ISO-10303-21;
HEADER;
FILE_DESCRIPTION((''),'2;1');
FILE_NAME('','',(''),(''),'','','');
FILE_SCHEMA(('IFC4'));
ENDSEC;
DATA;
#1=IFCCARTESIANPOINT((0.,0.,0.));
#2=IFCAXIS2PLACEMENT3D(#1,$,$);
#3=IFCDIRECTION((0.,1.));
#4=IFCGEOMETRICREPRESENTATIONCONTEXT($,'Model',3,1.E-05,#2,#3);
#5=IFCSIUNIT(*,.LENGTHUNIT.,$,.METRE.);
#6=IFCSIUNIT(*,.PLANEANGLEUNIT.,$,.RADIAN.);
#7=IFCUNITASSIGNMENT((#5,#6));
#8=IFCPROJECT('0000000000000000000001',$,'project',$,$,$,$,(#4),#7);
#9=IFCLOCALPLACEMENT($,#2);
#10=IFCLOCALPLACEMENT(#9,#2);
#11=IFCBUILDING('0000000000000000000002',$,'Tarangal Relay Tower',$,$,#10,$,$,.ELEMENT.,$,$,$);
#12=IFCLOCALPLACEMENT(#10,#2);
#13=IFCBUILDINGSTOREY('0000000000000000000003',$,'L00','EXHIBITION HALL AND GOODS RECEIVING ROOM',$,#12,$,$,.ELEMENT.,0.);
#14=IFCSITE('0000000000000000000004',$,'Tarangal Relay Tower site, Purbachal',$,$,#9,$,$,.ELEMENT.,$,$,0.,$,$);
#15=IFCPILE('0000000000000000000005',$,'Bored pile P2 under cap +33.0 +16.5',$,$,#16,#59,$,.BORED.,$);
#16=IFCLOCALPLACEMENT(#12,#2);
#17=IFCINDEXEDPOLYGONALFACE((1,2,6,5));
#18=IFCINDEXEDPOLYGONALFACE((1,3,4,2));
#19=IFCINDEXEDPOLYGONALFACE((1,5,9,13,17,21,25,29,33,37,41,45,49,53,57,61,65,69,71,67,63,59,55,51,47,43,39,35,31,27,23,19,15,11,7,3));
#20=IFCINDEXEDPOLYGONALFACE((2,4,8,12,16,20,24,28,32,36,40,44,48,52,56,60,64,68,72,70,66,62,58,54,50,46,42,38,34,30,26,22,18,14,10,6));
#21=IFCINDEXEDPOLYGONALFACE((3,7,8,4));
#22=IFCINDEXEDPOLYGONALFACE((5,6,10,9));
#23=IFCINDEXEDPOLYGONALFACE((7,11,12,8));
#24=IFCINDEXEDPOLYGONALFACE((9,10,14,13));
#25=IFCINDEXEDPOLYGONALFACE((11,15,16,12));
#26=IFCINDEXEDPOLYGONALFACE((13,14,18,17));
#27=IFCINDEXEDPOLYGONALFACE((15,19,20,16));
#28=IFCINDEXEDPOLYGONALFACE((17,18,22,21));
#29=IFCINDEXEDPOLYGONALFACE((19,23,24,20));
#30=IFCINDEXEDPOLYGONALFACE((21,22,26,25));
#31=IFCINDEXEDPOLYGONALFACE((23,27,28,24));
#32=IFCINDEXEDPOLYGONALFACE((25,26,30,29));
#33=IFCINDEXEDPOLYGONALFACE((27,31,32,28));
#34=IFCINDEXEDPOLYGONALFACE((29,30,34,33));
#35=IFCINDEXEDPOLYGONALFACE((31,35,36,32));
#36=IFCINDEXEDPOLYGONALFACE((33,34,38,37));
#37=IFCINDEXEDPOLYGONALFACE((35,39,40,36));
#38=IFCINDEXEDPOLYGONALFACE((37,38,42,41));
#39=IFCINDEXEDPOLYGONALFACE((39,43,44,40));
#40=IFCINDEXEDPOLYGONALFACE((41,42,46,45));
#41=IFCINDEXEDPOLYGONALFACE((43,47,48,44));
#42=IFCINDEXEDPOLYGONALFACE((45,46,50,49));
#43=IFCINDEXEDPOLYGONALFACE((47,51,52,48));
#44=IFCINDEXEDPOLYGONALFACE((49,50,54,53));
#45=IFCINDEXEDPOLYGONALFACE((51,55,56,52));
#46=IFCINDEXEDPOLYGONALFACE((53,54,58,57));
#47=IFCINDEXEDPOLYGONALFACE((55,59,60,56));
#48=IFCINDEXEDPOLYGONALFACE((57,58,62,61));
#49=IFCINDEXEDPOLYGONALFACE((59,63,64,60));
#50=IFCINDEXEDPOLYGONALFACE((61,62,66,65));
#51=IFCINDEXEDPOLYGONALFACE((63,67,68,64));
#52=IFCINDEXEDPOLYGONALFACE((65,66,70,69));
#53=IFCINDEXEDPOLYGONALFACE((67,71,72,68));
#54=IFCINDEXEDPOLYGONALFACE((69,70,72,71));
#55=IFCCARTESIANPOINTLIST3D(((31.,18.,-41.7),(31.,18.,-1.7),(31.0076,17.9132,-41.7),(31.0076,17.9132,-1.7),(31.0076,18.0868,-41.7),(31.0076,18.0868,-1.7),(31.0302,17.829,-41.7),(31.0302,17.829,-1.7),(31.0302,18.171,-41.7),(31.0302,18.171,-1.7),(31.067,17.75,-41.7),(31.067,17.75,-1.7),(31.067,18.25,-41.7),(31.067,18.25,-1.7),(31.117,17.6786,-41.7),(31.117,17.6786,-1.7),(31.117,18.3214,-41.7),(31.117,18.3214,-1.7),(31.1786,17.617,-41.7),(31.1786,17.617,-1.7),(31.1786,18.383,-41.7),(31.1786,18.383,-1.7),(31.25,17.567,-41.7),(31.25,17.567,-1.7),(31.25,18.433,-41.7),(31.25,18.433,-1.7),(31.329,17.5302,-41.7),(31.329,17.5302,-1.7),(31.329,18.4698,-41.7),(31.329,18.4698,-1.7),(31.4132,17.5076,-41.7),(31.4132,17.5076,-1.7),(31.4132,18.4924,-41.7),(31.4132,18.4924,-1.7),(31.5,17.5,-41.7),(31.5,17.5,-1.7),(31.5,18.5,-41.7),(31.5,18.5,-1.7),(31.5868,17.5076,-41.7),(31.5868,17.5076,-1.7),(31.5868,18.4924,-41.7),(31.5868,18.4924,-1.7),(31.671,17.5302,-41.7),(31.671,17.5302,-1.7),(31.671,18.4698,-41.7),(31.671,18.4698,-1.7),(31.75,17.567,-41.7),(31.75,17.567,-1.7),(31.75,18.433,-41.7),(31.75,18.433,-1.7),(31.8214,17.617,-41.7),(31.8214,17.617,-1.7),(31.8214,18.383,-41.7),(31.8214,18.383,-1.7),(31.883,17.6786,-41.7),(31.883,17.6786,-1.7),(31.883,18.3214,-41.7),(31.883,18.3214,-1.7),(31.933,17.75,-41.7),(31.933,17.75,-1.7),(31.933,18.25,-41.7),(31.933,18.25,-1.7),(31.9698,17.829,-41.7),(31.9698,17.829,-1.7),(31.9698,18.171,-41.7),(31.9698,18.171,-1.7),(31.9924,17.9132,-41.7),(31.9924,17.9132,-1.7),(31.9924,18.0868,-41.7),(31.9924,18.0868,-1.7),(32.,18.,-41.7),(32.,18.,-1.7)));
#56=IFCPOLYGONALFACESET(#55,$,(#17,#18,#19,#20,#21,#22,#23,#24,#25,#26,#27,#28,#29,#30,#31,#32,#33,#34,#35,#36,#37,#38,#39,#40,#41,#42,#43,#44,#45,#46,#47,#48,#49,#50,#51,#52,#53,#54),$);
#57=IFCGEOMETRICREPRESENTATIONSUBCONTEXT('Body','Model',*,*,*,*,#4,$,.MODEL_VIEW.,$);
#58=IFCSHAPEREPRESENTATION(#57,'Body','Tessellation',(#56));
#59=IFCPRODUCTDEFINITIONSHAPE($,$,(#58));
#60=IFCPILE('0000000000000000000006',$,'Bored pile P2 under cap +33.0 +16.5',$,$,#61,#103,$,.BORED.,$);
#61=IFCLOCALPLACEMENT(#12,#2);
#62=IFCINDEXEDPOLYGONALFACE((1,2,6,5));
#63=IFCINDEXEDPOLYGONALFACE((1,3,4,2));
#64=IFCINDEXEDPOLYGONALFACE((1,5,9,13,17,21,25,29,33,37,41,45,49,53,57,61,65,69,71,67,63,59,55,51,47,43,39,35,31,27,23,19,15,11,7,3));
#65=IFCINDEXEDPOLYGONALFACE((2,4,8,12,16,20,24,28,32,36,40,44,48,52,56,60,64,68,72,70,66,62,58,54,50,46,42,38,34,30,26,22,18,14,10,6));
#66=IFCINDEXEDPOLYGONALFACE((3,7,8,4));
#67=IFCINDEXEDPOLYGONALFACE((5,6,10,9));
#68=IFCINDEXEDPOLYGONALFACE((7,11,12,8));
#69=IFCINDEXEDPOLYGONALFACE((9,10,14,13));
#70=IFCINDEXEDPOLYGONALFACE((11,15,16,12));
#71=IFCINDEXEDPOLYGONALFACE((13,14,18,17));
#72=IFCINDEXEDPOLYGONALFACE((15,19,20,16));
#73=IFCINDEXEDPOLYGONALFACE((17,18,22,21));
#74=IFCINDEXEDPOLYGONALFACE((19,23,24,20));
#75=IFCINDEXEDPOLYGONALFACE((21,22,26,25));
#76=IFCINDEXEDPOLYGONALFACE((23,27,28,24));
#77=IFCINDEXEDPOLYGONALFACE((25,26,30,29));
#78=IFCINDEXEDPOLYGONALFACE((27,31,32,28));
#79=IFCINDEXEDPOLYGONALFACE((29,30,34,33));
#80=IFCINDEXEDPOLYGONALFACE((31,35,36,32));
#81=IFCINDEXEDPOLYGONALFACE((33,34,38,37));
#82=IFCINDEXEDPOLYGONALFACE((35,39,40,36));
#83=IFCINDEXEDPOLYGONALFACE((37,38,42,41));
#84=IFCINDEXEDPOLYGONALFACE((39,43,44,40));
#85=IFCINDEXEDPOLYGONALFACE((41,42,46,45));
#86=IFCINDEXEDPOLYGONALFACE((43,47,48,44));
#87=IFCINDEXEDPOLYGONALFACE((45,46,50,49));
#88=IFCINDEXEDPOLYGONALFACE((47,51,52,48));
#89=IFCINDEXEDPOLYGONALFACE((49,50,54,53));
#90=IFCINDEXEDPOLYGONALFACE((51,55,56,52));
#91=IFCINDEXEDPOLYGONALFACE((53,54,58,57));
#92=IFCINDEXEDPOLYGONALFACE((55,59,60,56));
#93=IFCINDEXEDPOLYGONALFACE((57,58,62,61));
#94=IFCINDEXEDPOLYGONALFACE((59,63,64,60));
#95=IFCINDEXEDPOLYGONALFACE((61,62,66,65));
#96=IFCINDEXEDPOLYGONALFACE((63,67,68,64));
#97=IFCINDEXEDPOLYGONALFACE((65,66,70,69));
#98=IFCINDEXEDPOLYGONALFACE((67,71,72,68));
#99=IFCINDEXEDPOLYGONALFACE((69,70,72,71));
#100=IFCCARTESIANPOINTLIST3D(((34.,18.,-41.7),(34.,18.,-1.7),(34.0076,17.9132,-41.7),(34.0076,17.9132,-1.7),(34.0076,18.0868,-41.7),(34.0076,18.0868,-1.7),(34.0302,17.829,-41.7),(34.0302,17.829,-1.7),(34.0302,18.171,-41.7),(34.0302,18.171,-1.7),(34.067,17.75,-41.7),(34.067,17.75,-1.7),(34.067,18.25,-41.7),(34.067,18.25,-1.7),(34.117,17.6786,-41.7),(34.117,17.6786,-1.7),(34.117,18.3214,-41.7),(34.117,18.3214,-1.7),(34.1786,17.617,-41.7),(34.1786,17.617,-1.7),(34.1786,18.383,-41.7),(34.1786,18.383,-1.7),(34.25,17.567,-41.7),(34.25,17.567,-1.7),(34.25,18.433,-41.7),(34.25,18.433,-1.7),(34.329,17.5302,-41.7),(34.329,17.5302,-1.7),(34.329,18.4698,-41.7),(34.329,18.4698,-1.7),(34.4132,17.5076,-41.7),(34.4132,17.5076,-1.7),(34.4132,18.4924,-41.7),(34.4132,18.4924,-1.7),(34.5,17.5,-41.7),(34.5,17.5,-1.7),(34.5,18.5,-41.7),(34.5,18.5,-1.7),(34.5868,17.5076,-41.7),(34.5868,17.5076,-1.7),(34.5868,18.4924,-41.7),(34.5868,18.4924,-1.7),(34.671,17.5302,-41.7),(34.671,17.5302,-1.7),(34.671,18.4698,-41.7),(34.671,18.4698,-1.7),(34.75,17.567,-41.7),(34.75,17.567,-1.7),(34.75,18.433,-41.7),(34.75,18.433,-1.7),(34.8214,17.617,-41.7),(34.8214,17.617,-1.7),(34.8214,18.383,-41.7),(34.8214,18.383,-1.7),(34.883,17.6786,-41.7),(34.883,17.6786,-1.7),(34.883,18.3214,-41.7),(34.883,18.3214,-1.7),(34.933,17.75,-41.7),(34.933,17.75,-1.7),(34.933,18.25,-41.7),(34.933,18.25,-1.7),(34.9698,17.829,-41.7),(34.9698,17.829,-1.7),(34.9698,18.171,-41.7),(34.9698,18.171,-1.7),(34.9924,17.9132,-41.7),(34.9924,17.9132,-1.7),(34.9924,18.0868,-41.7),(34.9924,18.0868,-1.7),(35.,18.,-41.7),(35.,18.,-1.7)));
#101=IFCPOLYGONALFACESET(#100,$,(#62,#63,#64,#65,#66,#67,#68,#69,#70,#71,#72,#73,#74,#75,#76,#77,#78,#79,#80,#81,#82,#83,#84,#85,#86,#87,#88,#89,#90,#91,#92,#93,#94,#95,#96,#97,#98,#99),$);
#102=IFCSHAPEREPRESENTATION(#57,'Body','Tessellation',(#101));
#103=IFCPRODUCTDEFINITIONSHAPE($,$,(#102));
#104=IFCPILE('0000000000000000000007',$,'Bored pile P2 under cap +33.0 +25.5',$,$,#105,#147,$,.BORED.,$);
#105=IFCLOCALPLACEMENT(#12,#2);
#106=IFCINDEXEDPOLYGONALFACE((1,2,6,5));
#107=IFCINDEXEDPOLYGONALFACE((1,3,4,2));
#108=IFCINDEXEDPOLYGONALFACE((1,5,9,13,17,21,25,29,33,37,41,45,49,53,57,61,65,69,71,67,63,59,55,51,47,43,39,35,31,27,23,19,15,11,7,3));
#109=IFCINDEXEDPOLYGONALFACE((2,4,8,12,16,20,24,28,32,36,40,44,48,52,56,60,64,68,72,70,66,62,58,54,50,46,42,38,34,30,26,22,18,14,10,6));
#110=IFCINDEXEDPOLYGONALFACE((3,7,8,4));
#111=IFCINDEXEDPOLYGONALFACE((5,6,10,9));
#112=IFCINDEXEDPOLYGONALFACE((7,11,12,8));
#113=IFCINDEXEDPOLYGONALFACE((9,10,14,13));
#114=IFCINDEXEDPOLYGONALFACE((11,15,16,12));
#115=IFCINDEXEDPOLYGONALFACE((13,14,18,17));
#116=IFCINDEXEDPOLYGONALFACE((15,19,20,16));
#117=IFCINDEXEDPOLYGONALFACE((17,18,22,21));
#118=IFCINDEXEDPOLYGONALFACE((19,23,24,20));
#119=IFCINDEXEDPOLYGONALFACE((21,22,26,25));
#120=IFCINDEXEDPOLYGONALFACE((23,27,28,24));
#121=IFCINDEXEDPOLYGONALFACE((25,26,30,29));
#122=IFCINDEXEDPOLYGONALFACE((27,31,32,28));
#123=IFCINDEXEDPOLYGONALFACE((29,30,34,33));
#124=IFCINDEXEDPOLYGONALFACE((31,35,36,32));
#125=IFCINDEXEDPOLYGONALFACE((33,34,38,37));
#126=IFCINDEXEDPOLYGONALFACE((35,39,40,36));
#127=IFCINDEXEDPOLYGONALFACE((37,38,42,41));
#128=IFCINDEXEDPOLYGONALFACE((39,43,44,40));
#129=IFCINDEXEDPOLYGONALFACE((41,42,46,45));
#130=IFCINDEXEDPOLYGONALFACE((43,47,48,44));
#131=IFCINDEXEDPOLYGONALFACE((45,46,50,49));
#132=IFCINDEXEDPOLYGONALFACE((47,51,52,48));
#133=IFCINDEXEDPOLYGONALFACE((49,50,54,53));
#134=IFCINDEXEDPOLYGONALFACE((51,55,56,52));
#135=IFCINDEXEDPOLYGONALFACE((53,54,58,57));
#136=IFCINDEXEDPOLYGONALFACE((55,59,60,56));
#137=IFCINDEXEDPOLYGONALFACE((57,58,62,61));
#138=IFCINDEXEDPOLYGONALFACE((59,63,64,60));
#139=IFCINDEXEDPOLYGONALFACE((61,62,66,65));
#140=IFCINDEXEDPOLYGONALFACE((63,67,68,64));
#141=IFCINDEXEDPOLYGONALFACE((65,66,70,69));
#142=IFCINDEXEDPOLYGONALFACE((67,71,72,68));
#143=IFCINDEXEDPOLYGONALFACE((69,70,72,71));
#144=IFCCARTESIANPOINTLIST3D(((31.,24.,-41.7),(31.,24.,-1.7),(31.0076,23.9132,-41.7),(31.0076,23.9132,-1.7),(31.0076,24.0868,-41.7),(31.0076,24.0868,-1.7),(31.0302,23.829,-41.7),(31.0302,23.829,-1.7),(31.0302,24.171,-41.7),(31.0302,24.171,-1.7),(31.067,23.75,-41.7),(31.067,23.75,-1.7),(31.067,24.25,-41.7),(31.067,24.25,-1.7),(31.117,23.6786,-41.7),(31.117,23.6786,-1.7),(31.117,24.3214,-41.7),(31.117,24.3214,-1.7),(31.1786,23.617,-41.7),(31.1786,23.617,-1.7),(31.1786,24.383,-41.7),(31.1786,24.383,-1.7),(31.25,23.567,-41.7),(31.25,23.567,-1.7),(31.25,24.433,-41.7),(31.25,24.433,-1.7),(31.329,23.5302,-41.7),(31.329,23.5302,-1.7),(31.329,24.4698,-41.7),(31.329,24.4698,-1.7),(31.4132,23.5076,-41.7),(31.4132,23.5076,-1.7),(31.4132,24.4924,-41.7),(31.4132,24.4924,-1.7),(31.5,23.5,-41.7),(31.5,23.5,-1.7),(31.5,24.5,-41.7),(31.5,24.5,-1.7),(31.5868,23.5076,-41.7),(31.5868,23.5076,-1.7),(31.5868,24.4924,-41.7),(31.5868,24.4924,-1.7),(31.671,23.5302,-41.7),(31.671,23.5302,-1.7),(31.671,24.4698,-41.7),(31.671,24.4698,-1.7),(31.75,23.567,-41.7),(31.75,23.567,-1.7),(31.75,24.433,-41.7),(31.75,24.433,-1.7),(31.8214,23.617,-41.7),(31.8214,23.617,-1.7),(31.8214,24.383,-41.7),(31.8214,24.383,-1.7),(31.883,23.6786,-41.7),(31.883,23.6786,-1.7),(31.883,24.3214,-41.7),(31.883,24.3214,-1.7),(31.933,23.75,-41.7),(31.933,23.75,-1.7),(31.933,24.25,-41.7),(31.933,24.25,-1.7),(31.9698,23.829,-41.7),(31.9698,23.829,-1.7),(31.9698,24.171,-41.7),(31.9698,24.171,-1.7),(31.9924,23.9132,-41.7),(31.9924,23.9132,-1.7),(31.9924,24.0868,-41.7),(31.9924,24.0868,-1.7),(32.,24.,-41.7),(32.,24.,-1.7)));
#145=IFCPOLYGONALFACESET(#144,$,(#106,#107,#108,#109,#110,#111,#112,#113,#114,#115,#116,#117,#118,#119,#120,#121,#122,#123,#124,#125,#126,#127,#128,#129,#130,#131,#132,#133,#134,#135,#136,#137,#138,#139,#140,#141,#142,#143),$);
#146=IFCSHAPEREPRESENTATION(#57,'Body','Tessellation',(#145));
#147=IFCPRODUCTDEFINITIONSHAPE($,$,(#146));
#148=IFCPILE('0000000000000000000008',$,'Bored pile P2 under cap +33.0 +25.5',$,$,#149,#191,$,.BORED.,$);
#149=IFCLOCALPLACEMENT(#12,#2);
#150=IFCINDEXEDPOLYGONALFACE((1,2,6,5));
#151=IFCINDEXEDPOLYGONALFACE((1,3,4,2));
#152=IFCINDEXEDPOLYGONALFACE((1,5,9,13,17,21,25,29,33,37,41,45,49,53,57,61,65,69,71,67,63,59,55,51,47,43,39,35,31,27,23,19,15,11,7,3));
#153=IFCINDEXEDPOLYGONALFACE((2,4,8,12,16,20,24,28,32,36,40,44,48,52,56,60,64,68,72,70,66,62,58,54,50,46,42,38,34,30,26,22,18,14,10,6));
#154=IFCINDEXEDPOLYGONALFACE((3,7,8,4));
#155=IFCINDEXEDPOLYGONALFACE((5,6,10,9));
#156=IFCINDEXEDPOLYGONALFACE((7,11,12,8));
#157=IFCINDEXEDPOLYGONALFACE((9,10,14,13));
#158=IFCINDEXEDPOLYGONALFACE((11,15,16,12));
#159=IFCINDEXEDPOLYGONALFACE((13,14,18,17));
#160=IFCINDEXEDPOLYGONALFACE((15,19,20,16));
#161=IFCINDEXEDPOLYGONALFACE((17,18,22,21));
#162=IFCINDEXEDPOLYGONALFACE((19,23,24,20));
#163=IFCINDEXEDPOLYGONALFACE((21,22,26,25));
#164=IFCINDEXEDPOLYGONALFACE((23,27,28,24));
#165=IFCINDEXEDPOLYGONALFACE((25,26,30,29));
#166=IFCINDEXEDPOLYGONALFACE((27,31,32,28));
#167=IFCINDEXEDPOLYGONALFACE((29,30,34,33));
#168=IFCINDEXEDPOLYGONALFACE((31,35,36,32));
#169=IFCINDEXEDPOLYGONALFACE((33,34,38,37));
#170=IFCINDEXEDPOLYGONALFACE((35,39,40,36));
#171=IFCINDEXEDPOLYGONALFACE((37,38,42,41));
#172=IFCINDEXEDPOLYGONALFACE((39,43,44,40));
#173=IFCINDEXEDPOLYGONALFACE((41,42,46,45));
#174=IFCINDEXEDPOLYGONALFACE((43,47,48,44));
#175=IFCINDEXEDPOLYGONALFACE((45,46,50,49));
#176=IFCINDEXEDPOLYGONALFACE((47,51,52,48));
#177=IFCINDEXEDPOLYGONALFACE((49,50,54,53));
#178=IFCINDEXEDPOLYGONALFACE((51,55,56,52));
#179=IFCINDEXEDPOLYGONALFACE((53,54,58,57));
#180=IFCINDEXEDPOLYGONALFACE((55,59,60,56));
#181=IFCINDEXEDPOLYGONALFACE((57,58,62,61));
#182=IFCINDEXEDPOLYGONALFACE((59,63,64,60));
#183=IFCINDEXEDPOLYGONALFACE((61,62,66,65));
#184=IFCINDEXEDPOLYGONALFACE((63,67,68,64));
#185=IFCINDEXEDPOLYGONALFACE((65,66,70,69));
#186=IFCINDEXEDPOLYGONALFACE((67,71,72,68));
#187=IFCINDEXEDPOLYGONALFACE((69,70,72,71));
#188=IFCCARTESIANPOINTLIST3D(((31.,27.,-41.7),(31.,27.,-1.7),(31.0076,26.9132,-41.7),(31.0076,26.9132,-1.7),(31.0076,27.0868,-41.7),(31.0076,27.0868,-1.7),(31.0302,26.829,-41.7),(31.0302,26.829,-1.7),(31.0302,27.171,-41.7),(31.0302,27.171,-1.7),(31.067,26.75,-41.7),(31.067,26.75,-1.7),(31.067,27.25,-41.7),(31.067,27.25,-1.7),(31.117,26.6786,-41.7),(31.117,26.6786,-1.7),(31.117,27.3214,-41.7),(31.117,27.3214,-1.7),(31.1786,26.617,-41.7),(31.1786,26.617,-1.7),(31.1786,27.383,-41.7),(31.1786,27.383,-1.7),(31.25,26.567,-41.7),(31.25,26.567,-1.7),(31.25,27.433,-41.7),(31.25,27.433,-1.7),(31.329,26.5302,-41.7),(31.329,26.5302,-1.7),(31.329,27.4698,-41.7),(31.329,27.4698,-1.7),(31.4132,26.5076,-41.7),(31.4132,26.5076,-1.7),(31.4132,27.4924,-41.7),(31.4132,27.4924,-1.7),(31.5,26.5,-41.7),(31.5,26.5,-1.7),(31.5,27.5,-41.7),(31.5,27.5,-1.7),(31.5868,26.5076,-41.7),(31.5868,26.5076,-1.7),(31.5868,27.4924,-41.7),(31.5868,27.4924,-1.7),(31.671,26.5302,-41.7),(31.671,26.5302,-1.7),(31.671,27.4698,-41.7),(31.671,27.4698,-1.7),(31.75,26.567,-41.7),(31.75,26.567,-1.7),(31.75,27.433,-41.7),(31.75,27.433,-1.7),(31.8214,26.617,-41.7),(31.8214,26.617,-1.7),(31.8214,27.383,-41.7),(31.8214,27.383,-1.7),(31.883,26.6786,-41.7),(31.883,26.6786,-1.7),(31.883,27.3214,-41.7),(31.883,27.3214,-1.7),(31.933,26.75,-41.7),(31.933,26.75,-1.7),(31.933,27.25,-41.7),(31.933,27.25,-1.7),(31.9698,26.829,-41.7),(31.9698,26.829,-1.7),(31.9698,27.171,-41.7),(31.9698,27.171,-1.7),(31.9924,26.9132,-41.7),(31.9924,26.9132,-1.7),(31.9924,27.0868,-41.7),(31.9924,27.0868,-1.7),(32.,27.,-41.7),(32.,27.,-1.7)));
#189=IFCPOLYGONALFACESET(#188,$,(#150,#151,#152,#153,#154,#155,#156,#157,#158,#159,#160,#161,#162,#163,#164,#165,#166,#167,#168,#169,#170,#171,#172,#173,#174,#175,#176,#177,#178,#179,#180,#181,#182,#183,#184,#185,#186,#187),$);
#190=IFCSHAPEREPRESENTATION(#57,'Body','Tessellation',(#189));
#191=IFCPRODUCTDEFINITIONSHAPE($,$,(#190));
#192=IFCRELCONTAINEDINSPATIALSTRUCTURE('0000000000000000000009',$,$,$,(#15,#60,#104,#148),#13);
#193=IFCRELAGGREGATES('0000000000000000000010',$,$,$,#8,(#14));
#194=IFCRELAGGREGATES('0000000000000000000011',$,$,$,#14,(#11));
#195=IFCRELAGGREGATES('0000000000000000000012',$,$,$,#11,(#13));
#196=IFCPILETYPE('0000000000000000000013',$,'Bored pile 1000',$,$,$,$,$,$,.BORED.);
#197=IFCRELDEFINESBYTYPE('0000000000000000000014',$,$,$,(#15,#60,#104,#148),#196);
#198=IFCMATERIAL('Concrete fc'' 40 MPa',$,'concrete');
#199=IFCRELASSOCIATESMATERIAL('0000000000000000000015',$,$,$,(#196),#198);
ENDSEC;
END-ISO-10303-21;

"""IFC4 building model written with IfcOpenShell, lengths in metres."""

from ifc_helpers import new_model, si_unit, direction, frame, origin, origin_2d, place, context, subcontext, project, spatial, circle, extrude, material, material_profile, profile_set, type_object, element, save


model = new_model("IFC4")

# Units and contexts
model_context = context("Model", 3, precision=1e-05, world=origin(), true_north=direction((0.0, 1.0)))
body_context = subcontext(model_context, "Body", "Model", "MODEL_VIEW")
ifc_project = project(units=[si_unit("LENGTHUNIT", "METRE"), si_unit("PLANEANGLEUNIT", "RADIAN")], contexts=[model_context])

# Site, building, storey
site_placement = place(None, origin())
site = spatial("IfcSite", under=ifc_project, at=site_placement, Name="Tarangal Relay Tower site, Purbachal", CompositionType="ELEMENT", RefElevation=0.0)
building_placement = place(site_placement, origin())
building = spatial("IfcBuilding", under=site, at=building_placement, Name="Tarangal Relay Tower", CompositionType="ELEMENT")
storey_placement = place(building_placement, origin())
storey = spatial("IfcBuildingStorey", under=building, at=storey_placement, Name="L00", Description="EXHIBITION HALL AND GOODS RECEIVING ROOM", CompositionType="ELEMENT", Elevation=0.0)

# Piles
ifc_material_1 = material(Name="Concrete fc' 40 MPa", Category="concrete")
ifc_material_profile_1 = material_profile(ifc_material_1, circle(Radius=0.5, at=origin_2d()), Name="D1000")
ifc_profile_set_1 = profile_set([ifc_material_profile_1], Name="Concrete fc' 40 MPa")
pile_type_1 = type_object("IfcPileType", Name="Bored pile 1000", PredefinedType="BORED", material=ifc_profile_set_1)
for number, where, z_axis, x_axis, name in (
    (1, (31.5, 18.0, -1.7), (0.0, 0.0, -1.0), (1.0, 0.0, 0.0), "Bored pile P2 under cap +33.0 +16.5"),
    (2, (34.5, 18.0, -1.7), (0.0, 0.0, -1.0), (1.0, 0.0, 0.0), "Bored pile P2 under cap +33.0 +16.5"),
    (3, (31.5, 24.0, -1.7), (0.0, 0.0, -1.0), (1.0, 0.0, 0.0), "Bored pile P2 under cap +33.0 +25.5"),
    (4, (31.5, 27.0, -1.7), (0.0, 0.0, -1.0), (1.0, 0.0, 0.0), "Bored pile P2 under cap +33.0 +25.5"),
):
    element("IfcPile", number, at=place(storey_placement, frame(where, z_axis=z_axis, x_axis=x_axis)), inside=storey, type_object=pile_type_1, Name=name, PredefinedType="BORED", context=body_context, shape_type="SweptSolid", body=[
        extrude(circle(Radius=0.5, at=origin_2d()), origin(), (0.0, 0.0, 1.0), 40.0),
    ])

save(model, "model.ifc")
